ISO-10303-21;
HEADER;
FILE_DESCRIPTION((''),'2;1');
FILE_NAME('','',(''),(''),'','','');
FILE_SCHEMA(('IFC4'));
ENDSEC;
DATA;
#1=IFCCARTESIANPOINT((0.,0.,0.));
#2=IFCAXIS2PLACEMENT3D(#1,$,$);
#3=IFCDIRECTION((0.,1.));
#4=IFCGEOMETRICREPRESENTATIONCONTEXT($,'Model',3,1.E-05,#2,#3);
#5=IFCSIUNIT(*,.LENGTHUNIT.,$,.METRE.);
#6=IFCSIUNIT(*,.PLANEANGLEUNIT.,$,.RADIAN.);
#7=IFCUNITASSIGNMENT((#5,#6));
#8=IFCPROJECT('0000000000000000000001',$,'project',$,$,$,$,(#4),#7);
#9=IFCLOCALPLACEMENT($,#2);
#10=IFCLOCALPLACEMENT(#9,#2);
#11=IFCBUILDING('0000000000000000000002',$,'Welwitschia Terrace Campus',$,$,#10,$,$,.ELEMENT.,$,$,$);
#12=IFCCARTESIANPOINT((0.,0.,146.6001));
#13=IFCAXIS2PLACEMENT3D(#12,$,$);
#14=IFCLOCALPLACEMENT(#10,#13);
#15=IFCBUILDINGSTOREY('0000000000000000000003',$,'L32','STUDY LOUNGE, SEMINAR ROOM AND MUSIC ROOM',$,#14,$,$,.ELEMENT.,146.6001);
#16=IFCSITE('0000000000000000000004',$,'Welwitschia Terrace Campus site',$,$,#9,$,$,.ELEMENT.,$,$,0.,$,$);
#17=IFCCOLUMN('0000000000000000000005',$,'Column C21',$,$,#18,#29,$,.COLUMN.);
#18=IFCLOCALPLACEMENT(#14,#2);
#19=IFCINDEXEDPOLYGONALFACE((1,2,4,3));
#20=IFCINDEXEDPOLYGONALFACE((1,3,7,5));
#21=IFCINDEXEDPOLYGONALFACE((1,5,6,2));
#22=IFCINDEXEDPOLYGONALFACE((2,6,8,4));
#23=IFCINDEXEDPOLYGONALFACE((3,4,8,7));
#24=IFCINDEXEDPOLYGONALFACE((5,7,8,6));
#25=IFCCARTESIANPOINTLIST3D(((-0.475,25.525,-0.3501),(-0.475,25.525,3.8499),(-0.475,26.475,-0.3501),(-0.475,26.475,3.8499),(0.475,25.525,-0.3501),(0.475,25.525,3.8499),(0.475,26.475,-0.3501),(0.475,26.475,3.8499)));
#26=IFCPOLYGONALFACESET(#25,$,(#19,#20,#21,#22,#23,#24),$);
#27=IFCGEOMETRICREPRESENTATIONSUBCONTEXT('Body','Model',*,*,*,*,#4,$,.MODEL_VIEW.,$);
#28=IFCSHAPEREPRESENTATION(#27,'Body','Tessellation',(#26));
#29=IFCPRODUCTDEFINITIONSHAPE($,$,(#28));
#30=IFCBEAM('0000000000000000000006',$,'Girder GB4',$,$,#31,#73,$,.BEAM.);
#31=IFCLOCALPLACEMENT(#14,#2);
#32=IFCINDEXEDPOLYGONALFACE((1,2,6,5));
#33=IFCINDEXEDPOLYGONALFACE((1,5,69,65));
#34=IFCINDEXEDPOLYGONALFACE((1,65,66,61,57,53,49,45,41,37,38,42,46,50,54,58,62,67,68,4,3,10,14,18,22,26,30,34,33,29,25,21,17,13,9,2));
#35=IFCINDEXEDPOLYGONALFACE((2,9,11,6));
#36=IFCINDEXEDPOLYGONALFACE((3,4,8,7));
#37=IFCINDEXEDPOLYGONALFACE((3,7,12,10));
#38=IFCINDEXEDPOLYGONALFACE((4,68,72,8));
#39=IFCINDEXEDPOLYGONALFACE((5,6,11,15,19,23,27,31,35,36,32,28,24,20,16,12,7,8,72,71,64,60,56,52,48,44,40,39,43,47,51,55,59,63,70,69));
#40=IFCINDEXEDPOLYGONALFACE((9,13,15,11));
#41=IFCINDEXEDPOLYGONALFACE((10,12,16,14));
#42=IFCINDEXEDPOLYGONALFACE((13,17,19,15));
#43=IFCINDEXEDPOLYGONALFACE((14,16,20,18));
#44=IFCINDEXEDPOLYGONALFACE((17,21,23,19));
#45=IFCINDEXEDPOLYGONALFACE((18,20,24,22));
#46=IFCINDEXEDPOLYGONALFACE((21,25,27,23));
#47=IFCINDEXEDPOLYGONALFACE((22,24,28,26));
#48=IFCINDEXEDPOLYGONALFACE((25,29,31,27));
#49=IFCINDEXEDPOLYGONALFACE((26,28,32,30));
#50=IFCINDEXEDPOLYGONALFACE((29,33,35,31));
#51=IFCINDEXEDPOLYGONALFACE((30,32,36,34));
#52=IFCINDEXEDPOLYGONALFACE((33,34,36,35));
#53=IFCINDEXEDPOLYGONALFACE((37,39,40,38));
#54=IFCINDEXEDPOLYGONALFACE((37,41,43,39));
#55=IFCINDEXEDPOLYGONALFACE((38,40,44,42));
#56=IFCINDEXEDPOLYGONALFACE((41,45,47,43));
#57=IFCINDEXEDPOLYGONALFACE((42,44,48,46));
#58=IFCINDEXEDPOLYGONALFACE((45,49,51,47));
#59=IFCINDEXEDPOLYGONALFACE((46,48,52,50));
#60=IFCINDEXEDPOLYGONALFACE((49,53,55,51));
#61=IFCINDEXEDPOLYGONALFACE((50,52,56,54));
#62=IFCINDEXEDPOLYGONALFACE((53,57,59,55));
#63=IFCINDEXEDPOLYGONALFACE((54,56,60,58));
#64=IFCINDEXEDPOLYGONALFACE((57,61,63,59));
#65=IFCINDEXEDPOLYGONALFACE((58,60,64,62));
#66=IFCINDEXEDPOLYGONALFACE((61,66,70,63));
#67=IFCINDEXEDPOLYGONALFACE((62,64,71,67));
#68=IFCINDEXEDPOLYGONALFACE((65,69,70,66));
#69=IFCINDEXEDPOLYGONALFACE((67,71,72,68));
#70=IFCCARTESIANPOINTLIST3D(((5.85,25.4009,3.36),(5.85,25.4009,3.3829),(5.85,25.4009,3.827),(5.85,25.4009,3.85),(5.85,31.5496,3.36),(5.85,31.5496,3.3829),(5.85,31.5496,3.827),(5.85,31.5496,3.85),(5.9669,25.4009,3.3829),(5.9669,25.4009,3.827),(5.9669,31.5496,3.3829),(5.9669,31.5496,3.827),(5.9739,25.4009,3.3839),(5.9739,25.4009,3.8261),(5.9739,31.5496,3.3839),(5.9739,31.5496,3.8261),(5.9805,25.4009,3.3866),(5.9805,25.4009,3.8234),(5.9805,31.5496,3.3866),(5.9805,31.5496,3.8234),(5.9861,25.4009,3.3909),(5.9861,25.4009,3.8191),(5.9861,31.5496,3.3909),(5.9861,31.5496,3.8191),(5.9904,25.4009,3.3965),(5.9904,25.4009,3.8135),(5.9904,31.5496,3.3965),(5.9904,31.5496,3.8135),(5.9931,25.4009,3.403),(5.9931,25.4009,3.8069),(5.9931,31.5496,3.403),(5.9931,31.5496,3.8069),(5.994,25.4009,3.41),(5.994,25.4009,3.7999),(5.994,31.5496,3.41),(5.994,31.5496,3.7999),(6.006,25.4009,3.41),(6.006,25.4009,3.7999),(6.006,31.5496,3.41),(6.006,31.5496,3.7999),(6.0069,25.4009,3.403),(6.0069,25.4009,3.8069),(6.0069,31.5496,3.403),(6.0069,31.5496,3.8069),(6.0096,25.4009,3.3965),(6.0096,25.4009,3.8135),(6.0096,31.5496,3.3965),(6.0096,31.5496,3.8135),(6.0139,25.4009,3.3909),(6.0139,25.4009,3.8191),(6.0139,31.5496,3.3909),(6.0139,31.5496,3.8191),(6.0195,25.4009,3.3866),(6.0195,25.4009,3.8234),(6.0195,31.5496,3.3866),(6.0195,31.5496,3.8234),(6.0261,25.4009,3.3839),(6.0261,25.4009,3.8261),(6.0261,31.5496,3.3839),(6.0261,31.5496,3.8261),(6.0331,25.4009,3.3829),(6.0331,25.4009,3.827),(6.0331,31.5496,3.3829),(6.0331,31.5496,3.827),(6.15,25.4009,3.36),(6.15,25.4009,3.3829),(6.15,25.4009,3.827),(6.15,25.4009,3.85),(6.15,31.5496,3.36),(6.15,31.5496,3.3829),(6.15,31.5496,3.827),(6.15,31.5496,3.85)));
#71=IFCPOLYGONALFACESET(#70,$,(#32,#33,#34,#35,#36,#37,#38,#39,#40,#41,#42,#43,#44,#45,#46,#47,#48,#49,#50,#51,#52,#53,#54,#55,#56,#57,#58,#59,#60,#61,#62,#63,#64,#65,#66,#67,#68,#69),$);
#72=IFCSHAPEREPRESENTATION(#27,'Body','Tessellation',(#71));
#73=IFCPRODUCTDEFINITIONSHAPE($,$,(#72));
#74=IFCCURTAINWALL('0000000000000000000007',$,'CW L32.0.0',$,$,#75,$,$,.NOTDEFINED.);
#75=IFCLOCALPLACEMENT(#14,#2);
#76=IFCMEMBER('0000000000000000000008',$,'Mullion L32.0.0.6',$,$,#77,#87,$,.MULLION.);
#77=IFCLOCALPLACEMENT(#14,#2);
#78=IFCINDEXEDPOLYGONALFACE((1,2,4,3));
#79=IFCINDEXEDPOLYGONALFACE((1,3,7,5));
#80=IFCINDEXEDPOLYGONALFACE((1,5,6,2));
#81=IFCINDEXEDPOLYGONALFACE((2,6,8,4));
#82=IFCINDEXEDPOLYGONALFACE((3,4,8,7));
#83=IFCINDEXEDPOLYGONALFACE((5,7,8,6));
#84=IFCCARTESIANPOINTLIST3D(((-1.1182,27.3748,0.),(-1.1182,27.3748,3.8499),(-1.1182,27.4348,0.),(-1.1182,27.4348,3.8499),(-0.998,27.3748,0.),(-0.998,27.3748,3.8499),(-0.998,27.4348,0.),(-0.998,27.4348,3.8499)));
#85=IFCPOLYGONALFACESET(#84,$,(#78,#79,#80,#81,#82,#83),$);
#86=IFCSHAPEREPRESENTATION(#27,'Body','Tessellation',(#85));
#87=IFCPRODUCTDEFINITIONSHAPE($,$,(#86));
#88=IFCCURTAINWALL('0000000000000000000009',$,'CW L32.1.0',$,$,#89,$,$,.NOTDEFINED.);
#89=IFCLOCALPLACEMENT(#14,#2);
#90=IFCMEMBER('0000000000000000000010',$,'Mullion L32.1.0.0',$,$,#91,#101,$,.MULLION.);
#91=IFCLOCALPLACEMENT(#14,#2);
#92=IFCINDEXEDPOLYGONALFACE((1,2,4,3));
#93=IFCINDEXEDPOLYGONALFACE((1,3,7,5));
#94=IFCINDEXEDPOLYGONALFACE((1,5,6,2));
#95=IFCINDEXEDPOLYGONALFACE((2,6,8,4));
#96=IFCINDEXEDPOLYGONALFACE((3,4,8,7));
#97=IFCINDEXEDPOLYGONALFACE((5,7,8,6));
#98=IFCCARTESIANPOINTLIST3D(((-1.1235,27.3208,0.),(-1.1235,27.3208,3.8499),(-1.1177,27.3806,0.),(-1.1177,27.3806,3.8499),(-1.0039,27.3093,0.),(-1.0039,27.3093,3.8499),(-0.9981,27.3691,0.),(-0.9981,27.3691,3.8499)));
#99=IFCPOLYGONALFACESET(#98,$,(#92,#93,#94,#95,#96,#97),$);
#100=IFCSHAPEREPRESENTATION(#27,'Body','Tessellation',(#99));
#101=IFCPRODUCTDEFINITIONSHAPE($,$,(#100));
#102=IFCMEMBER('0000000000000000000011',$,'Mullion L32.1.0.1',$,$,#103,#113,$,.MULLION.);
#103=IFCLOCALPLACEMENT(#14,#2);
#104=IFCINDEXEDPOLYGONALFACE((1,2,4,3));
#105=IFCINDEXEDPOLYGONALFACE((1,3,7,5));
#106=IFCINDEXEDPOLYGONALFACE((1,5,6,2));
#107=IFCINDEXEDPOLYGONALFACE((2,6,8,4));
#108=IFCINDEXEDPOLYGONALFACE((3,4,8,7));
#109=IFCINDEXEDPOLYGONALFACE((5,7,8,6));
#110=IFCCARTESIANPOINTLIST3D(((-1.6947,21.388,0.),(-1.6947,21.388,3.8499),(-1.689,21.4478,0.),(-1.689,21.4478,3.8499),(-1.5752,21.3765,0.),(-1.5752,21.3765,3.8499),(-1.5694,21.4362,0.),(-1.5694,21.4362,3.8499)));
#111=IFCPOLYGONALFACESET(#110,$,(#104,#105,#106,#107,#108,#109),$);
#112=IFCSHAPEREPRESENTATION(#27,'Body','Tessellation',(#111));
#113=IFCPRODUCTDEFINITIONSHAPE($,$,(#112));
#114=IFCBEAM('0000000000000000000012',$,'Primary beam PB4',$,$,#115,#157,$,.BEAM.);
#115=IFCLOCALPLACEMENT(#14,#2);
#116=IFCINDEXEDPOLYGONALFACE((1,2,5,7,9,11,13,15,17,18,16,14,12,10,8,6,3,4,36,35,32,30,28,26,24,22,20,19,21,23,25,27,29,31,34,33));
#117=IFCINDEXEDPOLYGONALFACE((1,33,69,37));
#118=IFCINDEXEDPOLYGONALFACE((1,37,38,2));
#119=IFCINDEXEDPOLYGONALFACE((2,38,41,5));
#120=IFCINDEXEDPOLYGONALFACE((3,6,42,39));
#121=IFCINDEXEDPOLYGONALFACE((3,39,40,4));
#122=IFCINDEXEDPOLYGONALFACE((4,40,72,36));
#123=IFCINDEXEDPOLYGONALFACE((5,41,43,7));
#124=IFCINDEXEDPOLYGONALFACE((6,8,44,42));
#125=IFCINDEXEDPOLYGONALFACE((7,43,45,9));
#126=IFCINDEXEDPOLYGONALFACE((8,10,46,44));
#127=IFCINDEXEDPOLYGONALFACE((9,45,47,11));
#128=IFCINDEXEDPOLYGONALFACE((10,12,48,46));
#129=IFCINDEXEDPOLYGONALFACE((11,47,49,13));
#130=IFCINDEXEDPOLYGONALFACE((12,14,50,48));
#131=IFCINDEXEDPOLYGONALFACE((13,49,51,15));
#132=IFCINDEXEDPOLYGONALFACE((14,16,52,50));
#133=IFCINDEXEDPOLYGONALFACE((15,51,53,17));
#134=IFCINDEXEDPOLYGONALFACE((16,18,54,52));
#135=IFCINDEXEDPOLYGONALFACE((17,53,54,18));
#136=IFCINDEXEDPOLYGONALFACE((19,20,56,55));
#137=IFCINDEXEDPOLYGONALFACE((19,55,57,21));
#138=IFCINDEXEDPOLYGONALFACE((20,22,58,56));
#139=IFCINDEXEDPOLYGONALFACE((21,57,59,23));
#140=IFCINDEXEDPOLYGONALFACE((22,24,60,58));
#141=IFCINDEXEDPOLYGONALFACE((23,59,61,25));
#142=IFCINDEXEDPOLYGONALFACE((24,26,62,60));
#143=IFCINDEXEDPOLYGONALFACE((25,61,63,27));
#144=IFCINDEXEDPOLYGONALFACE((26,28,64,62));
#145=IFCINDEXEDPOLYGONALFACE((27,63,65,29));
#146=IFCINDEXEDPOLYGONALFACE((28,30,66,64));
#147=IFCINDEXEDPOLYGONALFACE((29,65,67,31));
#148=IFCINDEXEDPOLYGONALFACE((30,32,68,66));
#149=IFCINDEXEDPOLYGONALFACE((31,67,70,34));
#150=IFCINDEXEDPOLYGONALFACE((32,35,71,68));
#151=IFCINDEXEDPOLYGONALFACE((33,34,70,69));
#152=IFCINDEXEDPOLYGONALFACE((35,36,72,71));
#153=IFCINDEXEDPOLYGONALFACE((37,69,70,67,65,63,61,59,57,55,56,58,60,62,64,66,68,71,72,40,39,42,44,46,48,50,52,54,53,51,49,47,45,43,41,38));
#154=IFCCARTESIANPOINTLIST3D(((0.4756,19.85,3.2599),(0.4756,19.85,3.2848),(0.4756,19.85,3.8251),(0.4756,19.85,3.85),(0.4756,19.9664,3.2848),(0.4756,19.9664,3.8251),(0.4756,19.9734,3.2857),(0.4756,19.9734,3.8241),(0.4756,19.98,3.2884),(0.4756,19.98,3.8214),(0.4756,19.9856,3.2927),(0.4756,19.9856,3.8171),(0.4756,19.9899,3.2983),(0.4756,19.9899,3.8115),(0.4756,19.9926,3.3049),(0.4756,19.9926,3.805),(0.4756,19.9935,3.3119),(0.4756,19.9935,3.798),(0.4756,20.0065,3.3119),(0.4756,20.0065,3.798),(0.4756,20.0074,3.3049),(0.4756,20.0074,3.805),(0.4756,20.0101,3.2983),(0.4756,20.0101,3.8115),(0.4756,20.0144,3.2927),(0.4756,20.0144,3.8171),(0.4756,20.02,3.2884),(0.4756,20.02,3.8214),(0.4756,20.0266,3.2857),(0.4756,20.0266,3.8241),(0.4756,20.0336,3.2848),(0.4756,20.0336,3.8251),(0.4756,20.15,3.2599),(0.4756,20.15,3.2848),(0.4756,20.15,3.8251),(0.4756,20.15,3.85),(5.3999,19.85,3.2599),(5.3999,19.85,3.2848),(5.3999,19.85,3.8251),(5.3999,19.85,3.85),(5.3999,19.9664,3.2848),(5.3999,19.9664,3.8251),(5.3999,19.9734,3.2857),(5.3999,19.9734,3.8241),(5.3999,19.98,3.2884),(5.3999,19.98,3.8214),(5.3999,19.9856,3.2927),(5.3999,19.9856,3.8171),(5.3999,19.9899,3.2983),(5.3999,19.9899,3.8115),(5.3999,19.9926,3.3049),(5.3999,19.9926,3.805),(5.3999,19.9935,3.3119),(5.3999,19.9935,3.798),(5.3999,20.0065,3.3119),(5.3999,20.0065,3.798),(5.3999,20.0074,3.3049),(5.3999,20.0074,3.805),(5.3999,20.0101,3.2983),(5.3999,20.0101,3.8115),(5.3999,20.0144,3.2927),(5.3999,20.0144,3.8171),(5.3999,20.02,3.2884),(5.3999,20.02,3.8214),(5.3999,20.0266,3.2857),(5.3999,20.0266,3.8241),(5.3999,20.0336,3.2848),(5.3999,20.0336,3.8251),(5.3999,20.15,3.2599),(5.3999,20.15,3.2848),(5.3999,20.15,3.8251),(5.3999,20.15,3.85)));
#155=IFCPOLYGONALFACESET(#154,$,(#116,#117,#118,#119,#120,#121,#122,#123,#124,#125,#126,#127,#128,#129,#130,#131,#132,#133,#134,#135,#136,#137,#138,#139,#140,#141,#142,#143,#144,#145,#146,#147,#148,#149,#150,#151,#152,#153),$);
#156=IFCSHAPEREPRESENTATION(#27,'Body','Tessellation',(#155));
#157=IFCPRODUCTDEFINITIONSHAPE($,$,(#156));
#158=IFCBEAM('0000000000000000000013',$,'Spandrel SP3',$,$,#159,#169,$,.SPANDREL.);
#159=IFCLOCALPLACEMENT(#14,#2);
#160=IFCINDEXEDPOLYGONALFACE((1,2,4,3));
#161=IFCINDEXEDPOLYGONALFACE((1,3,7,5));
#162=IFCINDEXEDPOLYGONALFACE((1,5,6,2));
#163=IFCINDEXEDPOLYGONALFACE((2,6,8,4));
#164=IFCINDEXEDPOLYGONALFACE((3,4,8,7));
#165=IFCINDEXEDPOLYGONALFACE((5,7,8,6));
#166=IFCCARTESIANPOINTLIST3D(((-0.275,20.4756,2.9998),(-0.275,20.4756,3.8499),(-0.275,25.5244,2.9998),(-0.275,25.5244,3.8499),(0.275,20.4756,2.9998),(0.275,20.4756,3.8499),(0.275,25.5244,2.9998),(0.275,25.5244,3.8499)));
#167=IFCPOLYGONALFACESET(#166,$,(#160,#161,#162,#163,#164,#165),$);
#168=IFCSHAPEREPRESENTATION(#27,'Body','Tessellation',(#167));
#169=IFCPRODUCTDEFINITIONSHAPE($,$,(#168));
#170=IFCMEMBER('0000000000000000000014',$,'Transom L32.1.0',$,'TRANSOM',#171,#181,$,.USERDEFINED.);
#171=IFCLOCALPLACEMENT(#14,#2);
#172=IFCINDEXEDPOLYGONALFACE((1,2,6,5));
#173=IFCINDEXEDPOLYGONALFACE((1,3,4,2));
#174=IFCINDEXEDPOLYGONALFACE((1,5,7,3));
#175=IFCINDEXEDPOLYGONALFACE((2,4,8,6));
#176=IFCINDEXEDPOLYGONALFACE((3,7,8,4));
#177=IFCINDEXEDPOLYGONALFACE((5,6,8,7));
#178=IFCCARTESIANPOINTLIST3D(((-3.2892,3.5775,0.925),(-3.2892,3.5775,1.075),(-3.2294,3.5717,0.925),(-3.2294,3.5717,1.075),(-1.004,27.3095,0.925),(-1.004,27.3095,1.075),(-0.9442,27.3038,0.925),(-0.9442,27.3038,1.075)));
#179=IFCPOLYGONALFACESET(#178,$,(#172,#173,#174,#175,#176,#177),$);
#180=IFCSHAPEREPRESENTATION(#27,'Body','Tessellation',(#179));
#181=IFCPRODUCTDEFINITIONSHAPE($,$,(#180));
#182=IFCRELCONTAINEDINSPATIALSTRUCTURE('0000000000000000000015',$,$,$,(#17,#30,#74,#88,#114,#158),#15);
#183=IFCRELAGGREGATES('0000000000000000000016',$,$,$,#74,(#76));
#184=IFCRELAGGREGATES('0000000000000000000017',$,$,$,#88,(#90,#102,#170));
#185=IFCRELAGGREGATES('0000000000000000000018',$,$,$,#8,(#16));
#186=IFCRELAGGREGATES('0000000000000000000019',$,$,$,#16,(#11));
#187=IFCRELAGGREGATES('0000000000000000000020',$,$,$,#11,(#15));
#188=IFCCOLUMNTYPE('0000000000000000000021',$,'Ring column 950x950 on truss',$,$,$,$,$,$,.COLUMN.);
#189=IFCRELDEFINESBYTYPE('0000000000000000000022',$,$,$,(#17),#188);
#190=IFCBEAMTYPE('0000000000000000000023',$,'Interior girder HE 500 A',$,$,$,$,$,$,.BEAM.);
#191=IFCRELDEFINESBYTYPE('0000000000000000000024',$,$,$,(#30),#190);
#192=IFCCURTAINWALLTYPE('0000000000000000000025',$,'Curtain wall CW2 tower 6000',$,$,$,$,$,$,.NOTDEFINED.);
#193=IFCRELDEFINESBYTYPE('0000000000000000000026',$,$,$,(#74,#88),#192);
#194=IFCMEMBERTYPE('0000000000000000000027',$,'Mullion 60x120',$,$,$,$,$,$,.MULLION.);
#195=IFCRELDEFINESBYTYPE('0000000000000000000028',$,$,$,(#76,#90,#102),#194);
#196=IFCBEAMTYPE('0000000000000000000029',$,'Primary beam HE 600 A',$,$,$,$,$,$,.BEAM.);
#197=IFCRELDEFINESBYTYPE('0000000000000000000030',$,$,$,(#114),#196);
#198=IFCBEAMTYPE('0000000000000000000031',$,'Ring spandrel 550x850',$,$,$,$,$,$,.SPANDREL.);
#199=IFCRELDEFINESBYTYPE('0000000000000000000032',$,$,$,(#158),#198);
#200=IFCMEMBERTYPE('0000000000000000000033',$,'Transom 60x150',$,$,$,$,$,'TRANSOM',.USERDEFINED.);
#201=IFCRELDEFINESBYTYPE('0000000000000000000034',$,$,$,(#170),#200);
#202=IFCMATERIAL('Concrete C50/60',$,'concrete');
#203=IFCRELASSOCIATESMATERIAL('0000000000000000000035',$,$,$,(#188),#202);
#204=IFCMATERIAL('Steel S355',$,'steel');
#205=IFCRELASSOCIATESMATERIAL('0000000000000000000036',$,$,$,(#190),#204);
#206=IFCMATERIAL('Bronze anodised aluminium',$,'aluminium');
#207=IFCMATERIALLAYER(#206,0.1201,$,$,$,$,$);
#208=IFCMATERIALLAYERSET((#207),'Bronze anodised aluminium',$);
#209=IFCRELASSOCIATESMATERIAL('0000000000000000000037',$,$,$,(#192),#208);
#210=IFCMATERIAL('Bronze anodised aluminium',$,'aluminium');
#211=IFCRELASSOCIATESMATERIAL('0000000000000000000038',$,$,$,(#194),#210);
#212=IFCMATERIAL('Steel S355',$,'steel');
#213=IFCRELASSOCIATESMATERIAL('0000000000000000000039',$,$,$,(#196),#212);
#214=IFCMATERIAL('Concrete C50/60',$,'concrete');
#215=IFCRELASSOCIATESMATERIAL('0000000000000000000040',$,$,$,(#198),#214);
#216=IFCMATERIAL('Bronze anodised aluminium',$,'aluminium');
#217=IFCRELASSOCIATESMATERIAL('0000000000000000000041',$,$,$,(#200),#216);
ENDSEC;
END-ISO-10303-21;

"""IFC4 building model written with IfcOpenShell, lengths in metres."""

from ifc_helpers import new_model, si_unit, direction, frame, origin, origin_2d, place, context, subcontext, project, spatial, rectangle, i_section, extrude, material, layer, layer_set, material_profile, profile_set, type_object, element, aggregate, save


model = new_model("IFC4")

# Units and contexts
model_context = context("Model", 3, precision=1e-05, world=origin(), true_north=direction((0.0, 1.0)))
body_context = subcontext(model_context, "Body", "Model", "MODEL_VIEW")
ifc_project = project(units=[si_unit("LENGTHUNIT", "METRE"), si_unit("PLANEANGLEUNIT", "RADIAN")], contexts=[model_context])

# Site, building, storey
site_placement = place(None, origin())
site = spatial("IfcSite", under=ifc_project, at=site_placement, Name="Welwitschia Terrace Campus site", CompositionType="ELEMENT", RefElevation=0.0)
building_placement = place(site_placement, origin())
building = spatial("IfcBuilding", under=site, at=building_placement, Name="Welwitschia Terrace Campus", CompositionType="ELEMENT")
storey_placement = place(building_placement, frame((0.0, 0.0, 146.6001)))
storey = spatial("IfcBuildingStorey", under=building, at=storey_placement, Name="L32", Description="STUDY LOUNGE, SEMINAR ROOM AND MUSIC ROOM", CompositionType="ELEMENT", Elevation=146.6001)

# Column
ifc_material_1 = material(Name="Concrete C50/60", Category="concrete")
ifc_material_profile_1 = material_profile(ifc_material_1, rectangle(XDim=0.95, YDim=0.95, at=origin_2d()))
ifc_profile_set_1 = profile_set([ifc_material_profile_1], Name="Concrete C50/60")
column_type = type_object("IfcColumnType", Name="Ring column 950x950 on truss", PredefinedType="COLUMN", material=ifc_profile_set_1)
column_placement = place(storey_placement, frame((0.0, 26.0, -0.3501), z_axis=(0.0, 0.0, 1.0), x_axis=(1.0, 0.0, 0.0)))
element("IfcColumn", 1, at=column_placement, inside=storey, type_object=column_type, Name="Column C21", PredefinedType="COLUMN", context=body_context, shape_type="SweptSolid", body=[
    extrude(rectangle(XDim=0.95, YDim=0.95, at=origin_2d()), origin(), (0.0, 0.0, 1.0), 4.2),
])

# Beam
ifc_material_2 = material(Name="Steel S355", Category="steel")
ifc_material_profile_2 = material_profile(ifc_material_2, i_section(OverallWidth=0.3, OverallDepth=0.49, WebThickness=0.012, FlangeThickness=0.0229, FilletRadius=0.0271, at=origin_2d()))
ifc_profile_set_2 = profile_set([ifc_material_profile_2], Name="Steel S355")
beam_type_1 = type_object("IfcBeamType", Name="Interior girder HE 500 A", PredefinedType="BEAM", material=ifc_profile_set_2)
beam_1_placement = place(storey_placement, frame((6.0, 25.4009, 3.605), z_axis=(0.0, 1.0, 0.0), x_axis=(-1.0, 0.0, 0.0)))
element("IfcBeam", 2, at=beam_1_placement, inside=storey, type_object=beam_type_1, Name="Girder GB4", PredefinedType="BEAM", context=body_context, shape_type="SweptSolid", body=[
    extrude(i_section(OverallWidth=0.3, OverallDepth=0.49, WebThickness=0.012, FlangeThickness=0.0229, FilletRadius=0.0271, at=origin_2d()), origin(), (0.0, 0.0, 1.0), 6.1487),
])

# Curtain wall, member
ifc_material_3 = material(Name="Bronze anodised aluminium", Category="aluminium")
ifc_layer_1 = layer(ifc_material_3, 0.1201)
ifc_layer_set_1 = layer_set([ifc_layer_1], Name="Bronze anodised aluminium")
curtain_wall_type = type_object("IfcCurtainWallType", Name="Curtain wall CW2 tower 6000", PredefinedType="NOTDEFINED", material=ifc_layer_set_1)
curtain_wall_1_placement = place(storey_placement, origin())
curtain_wall_1 = element("IfcCurtainWall", 3, at=curtain_wall_1_placement, inside=storey, type_object=curtain_wall_type, Name="CW L32.0.0", PredefinedType="NOTDEFINED")
ifc_material_4 = material(Name="Bronze anodised aluminium", Category="aluminium")
ifc_material_profile_3 = material_profile(ifc_material_4, rectangle(XDim=0.1201, YDim=0.0601, at=origin_2d()))
ifc_profile_set_3 = profile_set([ifc_material_profile_3], Name="Bronze anodised aluminium")
member_type_1 = type_object("IfcMemberType", Name="Mullion 60x120", PredefinedType="MULLION", material=ifc_profile_set_3)
member_1_placement = place(storey_placement, frame((-1.0581, 27.4048, 0.0), z_axis=(0.0, 0.0, 1.0), x_axis=(1.0, 0.0, 0.0)))
member_1 = element("IfcMember", 4, at=member_1_placement, type_object=member_type_1, Name="Mullion L32.0.0.6", PredefinedType="MULLION", context=body_context, shape_type="SweptSolid", body=[
    extrude(rectangle(XDim=0.1201, YDim=0.0601, at=origin_2d()), origin(), (0.0, 0.0, 1.0), 3.8499),
])
aggregate(curtain_wall_1, [member_1])

# Curtain wall, members
curtain_wall_2_placement = place(storey_placement, origin())
curtain_wall_2 = element("IfcCurtainWall", 5, at=curtain_wall_2_placement, inside=storey, type_object=curtain_wall_type, Name="CW L32.1.0", PredefinedType="NOTDEFINED")
member_2_placement = place(storey_placement, frame((-1.0608, 27.345, 0.0), z_axis=(0.0, 0.0, 1.0), x_axis=(0.995396, -0.095846, 0.0)))
member_2 = element("IfcMember", 6, at=member_2_placement, type_object=member_type_1, Name="Mullion L32.1.0.0", PredefinedType="MULLION", context=body_context, shape_type="SweptSolid", body=[
    extrude(rectangle(XDim=0.1201, YDim=0.0601, at=origin_2d()), origin(), (0.0, 0.0, 1.0), 3.8499),
])
member_3_placement = place(storey_placement, frame((-1.6321, 21.4121, 0.0), z_axis=(0.0, 0.0, 1.0), x_axis=(0.995396, -0.095846, 0.0)))
member_3 = element("IfcMember", 7, at=member_3_placement, type_object=member_type_1, Name="Mullion L32.1.0.1", PredefinedType="MULLION", context=body_context, shape_type="SweptSolid", body=[
    extrude(rectangle(XDim=0.1201, YDim=0.0601, at=origin_2d()), origin(), (0.0, 0.0, 1.0), 3.8499),
])

# Beams
ifc_material_5 = material(Name="Steel S355", Category="steel")
ifc_material_profile_4 = material_profile(ifc_material_5, i_section(OverallWidth=0.3, OverallDepth=0.5901, WebThickness=0.0129, FlangeThickness=0.0249, FilletRadius=0.0271, at=origin_2d()))
ifc_profile_set_4 = profile_set([ifc_material_profile_4], Name="Steel S355")
beam_type_2 = type_object("IfcBeamType", Name="Primary beam HE 600 A", PredefinedType="BEAM", material=ifc_profile_set_4)
beam_2_placement = place(storey_placement, frame((0.4756, 20.0, 3.5549), z_axis=(1.0, 0.0, 0.0), x_axis=(0.0, 1.0, 0.0)))
element("IfcBeam", 8, at=beam_2_placement, inside=storey, type_object=beam_type_2, Name="Primary beam PB4", PredefinedType="BEAM", context=body_context, shape_type="SweptSolid", body=[
    extrude(i_section(OverallWidth=0.3, OverallDepth=0.5901, WebThickness=0.0129, FlangeThickness=0.0249, FilletRadius=0.0271, at=origin_2d()), origin(), (0.0, 0.0, 1.0), 4.9243),
])
ifc_material_6 = material(Name="Concrete C50/60", Category="concrete")
ifc_material_profile_5 = material_profile(ifc_material_6, rectangle(XDim=0.55, YDim=0.8501, at=origin_2d()))
ifc_profile_set_5 = profile_set([ifc_material_profile_5], Name="Concrete C50/60")
beam_type_3 = type_object("IfcBeamType", Name="Ring spandrel 550x850", PredefinedType="SPANDREL", material=ifc_profile_set_5)
beam_3_placement = place(storey_placement, frame((0.0, 25.5244, 3.4248), z_axis=(0.0, -1.0, 0.0), x_axis=(1.0, 0.0, 0.0)))
element("IfcBeam", 9, at=beam_3_placement, inside=storey, type_object=beam_type_3, Name="Spandrel SP3", PredefinedType="SPANDREL", context=body_context, shape_type="SweptSolid", body=[
    extrude(rectangle(XDim=0.55, YDim=0.8501, at=origin_2d()), origin(), (0.0, 0.0, 1.0), 5.0488),
])

# Member
ifc_material_7 = material(Name="Bronze anodised aluminium", Category="aluminium")
ifc_material_profile_6 = material_profile(ifc_material_7, rectangle(XDim=0.0601, YDim=0.1499, at=origin_2d()))
ifc_profile_set_6 = profile_set([ifc_material_profile_6], Name="Bronze anodised aluminium")
member_type_2 = type_object("IfcMemberType", Name="Transom 60x150", ElementType="TRANSOM", PredefinedType="USERDEFINED", material=ifc_profile_set_6)
member_4_placement = place(storey_placement, frame((-0.9741, 27.3066, 1.0), z_axis=(-0.095847, -0.995396, 0.0), x_axis=(0.995396, -0.095847, 0.0)))
member_4 = element("IfcMember", 10, at=member_4_placement, type_object=member_type_2, Name="Transom L32.1.0", ObjectType="TRANSOM", PredefinedType="USERDEFINED", context=body_context, shape_type="SweptSolid", body=[
    extrude(rectangle(XDim=0.0601, YDim=0.1499, at=origin_2d()), origin(), (0.0, 0.0, 1.0), 23.8418),
])

aggregate(curtain_wall_2, [member_2, member_3, member_4])

save(model, "model.ifc")
